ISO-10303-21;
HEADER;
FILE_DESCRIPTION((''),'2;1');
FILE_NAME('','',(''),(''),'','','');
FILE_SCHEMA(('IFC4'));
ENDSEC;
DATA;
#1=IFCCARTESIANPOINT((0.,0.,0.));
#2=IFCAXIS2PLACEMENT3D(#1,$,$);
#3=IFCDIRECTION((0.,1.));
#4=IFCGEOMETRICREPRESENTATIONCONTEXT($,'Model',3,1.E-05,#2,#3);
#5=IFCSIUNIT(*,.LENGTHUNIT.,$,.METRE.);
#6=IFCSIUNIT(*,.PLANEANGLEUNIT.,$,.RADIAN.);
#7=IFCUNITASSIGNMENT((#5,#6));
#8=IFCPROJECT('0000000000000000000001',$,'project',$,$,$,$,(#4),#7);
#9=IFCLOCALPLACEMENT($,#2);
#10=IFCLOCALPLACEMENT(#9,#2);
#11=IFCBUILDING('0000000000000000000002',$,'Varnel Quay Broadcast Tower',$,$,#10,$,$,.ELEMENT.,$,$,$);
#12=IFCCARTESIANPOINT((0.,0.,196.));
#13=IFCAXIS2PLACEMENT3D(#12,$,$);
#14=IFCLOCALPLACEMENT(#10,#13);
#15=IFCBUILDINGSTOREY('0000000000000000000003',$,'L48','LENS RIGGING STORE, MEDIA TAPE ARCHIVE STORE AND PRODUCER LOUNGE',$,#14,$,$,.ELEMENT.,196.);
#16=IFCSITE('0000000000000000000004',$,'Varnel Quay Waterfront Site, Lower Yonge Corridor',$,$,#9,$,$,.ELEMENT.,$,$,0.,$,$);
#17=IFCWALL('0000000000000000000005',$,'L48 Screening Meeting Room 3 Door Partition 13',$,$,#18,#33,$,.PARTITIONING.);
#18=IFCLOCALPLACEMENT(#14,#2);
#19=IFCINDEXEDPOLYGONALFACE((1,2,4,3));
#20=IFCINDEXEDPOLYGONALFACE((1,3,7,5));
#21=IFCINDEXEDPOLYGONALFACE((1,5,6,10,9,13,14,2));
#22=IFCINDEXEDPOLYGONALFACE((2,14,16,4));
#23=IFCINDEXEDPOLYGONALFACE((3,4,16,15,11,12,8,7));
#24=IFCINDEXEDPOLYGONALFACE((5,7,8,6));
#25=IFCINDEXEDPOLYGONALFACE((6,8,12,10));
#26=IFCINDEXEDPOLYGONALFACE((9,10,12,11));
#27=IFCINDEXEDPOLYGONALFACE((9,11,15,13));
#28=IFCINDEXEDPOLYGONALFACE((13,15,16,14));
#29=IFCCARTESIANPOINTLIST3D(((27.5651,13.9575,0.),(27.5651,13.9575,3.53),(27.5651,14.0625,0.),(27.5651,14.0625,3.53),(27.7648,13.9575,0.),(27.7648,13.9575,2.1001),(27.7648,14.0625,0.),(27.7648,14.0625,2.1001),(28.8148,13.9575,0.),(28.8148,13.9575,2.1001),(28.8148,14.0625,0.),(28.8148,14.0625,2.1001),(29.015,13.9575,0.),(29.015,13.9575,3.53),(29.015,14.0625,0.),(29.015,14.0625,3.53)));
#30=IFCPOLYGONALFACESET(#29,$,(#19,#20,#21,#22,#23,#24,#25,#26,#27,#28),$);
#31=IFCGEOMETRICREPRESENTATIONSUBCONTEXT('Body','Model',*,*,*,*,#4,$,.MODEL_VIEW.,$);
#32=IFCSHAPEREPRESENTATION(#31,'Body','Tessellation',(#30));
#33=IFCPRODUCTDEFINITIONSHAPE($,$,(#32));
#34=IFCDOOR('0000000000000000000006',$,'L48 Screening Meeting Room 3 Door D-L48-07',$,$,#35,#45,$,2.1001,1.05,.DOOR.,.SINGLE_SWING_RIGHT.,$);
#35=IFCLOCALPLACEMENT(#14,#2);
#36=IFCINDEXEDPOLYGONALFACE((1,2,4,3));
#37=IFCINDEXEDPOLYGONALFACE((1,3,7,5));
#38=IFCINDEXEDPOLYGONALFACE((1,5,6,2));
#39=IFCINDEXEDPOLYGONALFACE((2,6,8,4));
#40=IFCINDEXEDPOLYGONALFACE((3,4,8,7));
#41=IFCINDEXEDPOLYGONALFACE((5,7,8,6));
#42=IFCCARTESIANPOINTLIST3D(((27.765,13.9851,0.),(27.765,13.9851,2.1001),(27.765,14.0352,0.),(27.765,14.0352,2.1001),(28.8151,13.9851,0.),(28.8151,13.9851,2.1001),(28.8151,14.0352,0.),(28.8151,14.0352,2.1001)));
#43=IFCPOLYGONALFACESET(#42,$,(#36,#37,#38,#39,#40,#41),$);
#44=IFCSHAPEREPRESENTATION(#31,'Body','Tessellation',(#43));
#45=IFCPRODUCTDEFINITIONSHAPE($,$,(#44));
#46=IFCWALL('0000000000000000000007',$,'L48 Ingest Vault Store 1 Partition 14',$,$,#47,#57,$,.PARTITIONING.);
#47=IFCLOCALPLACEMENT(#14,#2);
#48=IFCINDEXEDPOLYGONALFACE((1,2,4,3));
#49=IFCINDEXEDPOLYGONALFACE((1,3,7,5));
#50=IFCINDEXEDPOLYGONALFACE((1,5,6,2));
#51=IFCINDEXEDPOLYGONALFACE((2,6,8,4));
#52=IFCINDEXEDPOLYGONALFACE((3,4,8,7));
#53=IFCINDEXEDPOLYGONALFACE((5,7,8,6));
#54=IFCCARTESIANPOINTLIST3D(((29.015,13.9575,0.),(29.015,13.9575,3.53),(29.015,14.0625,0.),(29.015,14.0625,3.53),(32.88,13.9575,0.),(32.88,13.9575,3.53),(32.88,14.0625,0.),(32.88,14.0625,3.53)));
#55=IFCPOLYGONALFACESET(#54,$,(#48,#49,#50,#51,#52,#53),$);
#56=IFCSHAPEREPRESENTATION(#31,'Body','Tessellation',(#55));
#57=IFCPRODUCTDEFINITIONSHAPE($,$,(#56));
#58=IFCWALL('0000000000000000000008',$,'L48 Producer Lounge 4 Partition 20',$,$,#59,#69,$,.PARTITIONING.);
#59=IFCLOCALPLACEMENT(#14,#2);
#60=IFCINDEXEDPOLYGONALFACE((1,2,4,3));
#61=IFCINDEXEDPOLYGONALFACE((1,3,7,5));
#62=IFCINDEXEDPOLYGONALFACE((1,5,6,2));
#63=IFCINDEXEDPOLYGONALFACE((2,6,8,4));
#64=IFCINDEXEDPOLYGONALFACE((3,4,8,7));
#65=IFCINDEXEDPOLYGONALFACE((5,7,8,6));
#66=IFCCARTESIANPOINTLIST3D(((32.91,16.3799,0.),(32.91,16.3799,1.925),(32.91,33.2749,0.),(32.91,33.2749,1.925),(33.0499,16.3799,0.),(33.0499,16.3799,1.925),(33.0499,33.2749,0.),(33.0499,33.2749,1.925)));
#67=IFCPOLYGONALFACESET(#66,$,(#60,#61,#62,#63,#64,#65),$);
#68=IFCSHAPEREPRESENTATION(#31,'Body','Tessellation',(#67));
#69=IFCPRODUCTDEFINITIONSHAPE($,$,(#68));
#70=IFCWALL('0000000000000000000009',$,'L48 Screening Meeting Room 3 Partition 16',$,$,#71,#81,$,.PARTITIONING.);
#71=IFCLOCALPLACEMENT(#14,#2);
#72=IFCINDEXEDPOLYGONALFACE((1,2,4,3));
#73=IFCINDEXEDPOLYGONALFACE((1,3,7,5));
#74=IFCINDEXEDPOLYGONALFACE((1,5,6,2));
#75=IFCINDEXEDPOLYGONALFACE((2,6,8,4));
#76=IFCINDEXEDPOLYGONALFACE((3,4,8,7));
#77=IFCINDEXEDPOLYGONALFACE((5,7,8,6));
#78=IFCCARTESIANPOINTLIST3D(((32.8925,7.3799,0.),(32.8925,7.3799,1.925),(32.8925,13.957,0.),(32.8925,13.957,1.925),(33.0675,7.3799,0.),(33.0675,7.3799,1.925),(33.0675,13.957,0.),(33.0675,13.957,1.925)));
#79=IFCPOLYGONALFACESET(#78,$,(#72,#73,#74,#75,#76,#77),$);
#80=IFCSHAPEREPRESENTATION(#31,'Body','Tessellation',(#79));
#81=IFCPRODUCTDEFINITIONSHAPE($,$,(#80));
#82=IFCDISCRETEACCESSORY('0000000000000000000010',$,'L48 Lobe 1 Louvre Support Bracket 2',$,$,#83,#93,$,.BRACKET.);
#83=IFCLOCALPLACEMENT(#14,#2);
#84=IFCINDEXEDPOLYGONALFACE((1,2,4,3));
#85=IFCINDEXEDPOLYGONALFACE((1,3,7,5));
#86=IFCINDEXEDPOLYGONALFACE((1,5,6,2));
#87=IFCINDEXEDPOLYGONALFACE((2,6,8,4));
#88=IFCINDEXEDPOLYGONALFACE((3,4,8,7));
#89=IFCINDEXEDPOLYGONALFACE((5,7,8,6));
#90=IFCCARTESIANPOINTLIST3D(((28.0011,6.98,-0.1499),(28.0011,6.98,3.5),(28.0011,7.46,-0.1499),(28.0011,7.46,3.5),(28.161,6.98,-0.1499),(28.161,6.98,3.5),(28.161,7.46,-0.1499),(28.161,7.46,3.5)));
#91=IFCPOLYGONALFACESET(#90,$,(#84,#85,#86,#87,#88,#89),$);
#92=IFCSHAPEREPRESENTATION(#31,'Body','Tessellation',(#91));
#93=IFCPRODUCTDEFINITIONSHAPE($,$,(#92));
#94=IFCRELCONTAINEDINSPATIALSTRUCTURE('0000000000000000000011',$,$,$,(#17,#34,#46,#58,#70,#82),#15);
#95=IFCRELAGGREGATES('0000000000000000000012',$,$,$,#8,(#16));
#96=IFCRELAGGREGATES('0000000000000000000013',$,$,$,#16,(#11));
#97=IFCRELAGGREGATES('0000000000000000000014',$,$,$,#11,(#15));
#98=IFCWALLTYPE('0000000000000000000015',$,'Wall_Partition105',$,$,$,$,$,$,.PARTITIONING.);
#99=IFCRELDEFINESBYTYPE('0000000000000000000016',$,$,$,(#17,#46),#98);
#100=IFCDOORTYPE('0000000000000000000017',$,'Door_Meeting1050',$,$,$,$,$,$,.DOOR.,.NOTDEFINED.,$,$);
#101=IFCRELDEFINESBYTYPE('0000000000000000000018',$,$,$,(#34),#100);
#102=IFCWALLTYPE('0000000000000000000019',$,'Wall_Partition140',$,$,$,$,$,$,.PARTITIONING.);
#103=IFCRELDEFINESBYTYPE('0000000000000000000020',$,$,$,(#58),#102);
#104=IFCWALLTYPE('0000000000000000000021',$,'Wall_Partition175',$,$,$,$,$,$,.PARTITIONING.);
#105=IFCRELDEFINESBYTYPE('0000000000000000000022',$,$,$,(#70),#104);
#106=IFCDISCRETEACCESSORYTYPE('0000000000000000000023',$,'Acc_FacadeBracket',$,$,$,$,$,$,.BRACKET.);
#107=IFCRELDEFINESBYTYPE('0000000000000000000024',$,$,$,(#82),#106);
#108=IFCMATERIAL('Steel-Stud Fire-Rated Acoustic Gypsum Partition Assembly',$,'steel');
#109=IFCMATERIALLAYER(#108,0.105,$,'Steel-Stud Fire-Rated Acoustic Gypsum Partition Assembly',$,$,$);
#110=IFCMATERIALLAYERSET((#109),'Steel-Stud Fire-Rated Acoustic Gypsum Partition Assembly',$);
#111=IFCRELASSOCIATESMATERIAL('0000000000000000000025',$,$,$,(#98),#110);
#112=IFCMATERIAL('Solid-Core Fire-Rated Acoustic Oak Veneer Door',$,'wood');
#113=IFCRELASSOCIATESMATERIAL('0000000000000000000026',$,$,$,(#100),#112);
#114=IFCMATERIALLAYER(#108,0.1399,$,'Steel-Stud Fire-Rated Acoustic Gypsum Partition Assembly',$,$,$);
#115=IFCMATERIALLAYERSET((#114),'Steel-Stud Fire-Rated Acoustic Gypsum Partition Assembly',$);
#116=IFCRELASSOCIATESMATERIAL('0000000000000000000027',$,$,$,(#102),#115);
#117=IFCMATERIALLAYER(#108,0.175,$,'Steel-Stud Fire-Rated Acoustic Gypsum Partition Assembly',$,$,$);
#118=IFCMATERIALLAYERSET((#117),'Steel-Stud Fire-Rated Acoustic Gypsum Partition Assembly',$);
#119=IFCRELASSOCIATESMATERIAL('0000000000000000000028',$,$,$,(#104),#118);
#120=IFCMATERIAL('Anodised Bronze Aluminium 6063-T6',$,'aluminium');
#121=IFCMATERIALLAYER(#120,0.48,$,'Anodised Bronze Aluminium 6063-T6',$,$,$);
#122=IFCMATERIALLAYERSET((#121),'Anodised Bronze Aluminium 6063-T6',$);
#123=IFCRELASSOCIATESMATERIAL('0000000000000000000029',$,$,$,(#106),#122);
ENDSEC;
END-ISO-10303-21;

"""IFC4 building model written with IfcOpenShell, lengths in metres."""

from ifc_helpers import new_model, si_unit, direction, frame, frame_2d, origin, origin_2d, place, context, subcontext, project, spatial, rectangle, extrude, source, transform, mapped, material, layer, layer_set, type_object, type_shapes, element, fill, save


model = new_model("IFC4")

# Units and contexts
model_context = context("Model", 3, precision=1e-05, world=origin(), true_north=direction((0.0, 1.0)))
body_context = subcontext(model_context, "Body", "Model", "MODEL_VIEW")
ifc_project = project(units=[si_unit("LENGTHUNIT", "METRE"), si_unit("PLANEANGLEUNIT", "RADIAN")], contexts=[model_context])

# Site, building, storey
site_placement = place(None, origin())
site = spatial("IfcSite", under=ifc_project, at=site_placement, Name="Varnel Quay Waterfront Site, Lower Yonge Corridor", CompositionType="ELEMENT", RefElevation=0.0)
building_placement = place(site_placement, origin())
building = spatial("IfcBuilding", under=site, at=building_placement, Name="Varnel Quay Broadcast Tower", CompositionType="ELEMENT")
storey_placement = place(building_placement, frame((0.0, 0.0, 196.0)))
storey = spatial("IfcBuildingStorey", under=building, at=storey_placement, Name="L48", Description="LENS RIGGING STORE, MEDIA TAPE ARCHIVE STORE AND PRODUCER LOUNGE", CompositionType="ELEMENT", Elevation=196.0)

# Shared definitions
ifc_material_1 = material(Name="Anodised Bronze Aluminium 6063-T6", Category="aluminium")

# Wall, opening, door
ifc_material_2 = material(Name="Steel-Stud Fire-Rated Acoustic Gypsum Partition Assembly", Category="steel")
ifc_layer_1 = layer(ifc_material_2, 0.105, Name="Steel-Stud Fire-Rated Acoustic Gypsum Partition Assembly")
ifc_layer_set_1 = layer_set([ifc_layer_1], Name="Steel-Stud Fire-Rated Acoustic Gypsum Partition Assembly")
wall_type_1 = type_object("IfcWallType", Name="Wall_Partition105", PredefinedType="PARTITIONING", material=ifc_layer_set_1)
wall_1_placement = place(storey_placement, frame((27.5649, 14.01, 0.0), z_axis=(0.0, 0.0, 1.0), x_axis=(1.0, 0.0, 0.0)))
wall_1 = element("IfcWall", 1, at=wall_1_placement, inside=storey, type_object=wall_type_1, Name="L48 Screening Meeting Room 3 Door Partition 13", PredefinedType="PARTITIONING", context=body_context, shape_type="SweptSolid", body=[
    extrude(rectangle(XDim=1.45, YDim=0.105, at=frame_2d((0.7251, 0.0))), origin(), (0.0, 0.0, 1.0), 3.53),
])
opening_placement = place(wall_1_placement, frame((0.2, 0.0, 0.0)))
opening = element("IfcOpeningElement", 2, at=opening_placement, cuts=wall_1, PredefinedType="OPENING", context=body_context, shape_type="SweptSolid", body=[
    extrude(rectangle(XDim=1.05, YDim=2.1001, at=frame_2d((0.5249, 1.05))), frame((0.0, 0.0625, 0.0), z_axis=(0.0, -1.0, 0.0), x_axis=(1.0, 0.0, 0.0)), (0.0, 0.0, 1.0), 0.125),
])
ifc_material_3 = material(Name="Solid-Core Fire-Rated Acoustic Oak Veneer Door", Category="wood")
door_type = type_object("IfcDoorType", Name="Door_Meeting1050", OperationType="NOTDEFINED", PredefinedType="DOOR", material=ifc_material_3)
shared_shape_1 = source(origin(), body_context, "Body", "SweptSolid", [
    extrude(rectangle(XDim=1.05, YDim=2.1001, at=frame_2d((0.5249, 1.05))), frame((0.0, 0.0249, 0.0), z_axis=(0.0, -1.0, 0.0), x_axis=(1.0, 0.0, 0.0)), (0.0, 0.0, 1.0), 0.05),
])
type_shapes(door_type, [shared_shape_1])
door_placement = place(opening_placement, frame((1.05, 0.0, 0.0), z_axis=(0.0, 0.0, 1.0), x_axis=(-1.0, 0.0, 0.0)))
door = element("IfcDoor", 3, at=door_placement, inside=storey, type_object=door_type, Name="L48 Screening Meeting Room 3 Door D-L48-07", OperationType="SINGLE_SWING_RIGHT", OverallHeight=2.1001, OverallWidth=1.05, PredefinedType="DOOR", context=body_context, shape_type="MappedRepresentation", body=[
    mapped(shared_shape_1, transform((0.0, 0.0, 0.0), x_axis=(1.0, 0.0, 0.0), y_axis=(0.0, 1.0, 0.0), z_axis=(0.0, 0.0, 1.0), scale=1.0)),
])
fill(opening, door)

# Walls
wall_2_placement = place(storey_placement, frame((29.0149, 14.01, 0.0), z_axis=(0.0, 0.0, 1.0), x_axis=(1.0, 0.0, 0.0)))
element("IfcWall", 4, at=wall_2_placement, inside=storey, type_object=wall_type_1, Name="L48 Ingest Vault Store 1 Partition 14", PredefinedType="PARTITIONING", context=body_context, shape_type="SweptSolid", body=[
    extrude(rectangle(XDim=3.865, YDim=0.105, at=frame_2d((1.9326, 0.0))), origin(), (0.0, 0.0, 1.0), 3.53),
])
ifc_layer_2 = layer(ifc_material_2, 0.1399, Name="Steel-Stud Fire-Rated Acoustic Gypsum Partition Assembly")
ifc_layer_set_2 = layer_set([ifc_layer_2], Name="Steel-Stud Fire-Rated Acoustic Gypsum Partition Assembly")
wall_type_2 = type_object("IfcWallType", Name="Wall_Partition140", PredefinedType="PARTITIONING", material=ifc_layer_set_2)
wall_3_placement = place(storey_placement, frame((32.98, 16.3799, 0.0), z_axis=(0.0, 0.0, 1.0), x_axis=(0.0, 1.0, 0.0)))
element("IfcWall", 5, at=wall_3_placement, inside=storey, type_object=wall_type_2, Name="L48 Producer Lounge 4 Partition 20", PredefinedType="PARTITIONING", context=body_context, shape_type="SweptSolid", body=[
    extrude(rectangle(XDim=16.895, YDim=0.1399, at=frame_2d((8.4475, 0.0))), origin(), (0.0, 0.0, 1.0), 1.925),
])
ifc_layer_3 = layer(ifc_material_2, 0.175, Name="Steel-Stud Fire-Rated Acoustic Gypsum Partition Assembly")
ifc_layer_set_3 = layer_set([ifc_layer_3], Name="Steel-Stud Fire-Rated Acoustic Gypsum Partition Assembly")
wall_type_3 = type_object("IfcWallType", Name="Wall_Partition175", PredefinedType="PARTITIONING", material=ifc_layer_set_3)
wall_4_placement = place(storey_placement, frame((32.98, 7.3799, 0.0), z_axis=(0.0, 0.0, 1.0), x_axis=(0.0, 1.0, 0.0)))
element("IfcWall", 6, at=wall_4_placement, inside=storey, type_object=wall_type_3, Name="L48 Screening Meeting Room 3 Partition 16", PredefinedType="PARTITIONING", context=body_context, shape_type="SweptSolid", body=[
    extrude(rectangle(XDim=6.5771, YDim=0.175, at=frame_2d((3.2886, 0.0))), origin(), (0.0, 0.0, 1.0), 1.925),
])

# Discrete accessory
ifc_layer_4 = layer(ifc_material_1, 0.48, Name="Anodised Bronze Aluminium 6063-T6")
ifc_layer_set_4 = layer_set([ifc_layer_4], Name="Anodised Bronze Aluminium 6063-T6")
discrete_accessory_type = type_object("IfcDiscreteAccessoryType", Name="Acc_FacadeBracket", PredefinedType="BRACKET", material=ifc_layer_set_4)
shared_shape_2 = source(origin(), body_context, "Body", "SweptSolid", [
    extrude(rectangle(XDim=0.1599, YDim=0.48, at=origin_2d()), origin(), (0.0, 0.0, 1.0), 3.6499),
])
type_shapes(discrete_accessory_type, [shared_shape_2])
discrete_accessory_placement = place(storey_placement, frame((28.0811, 7.22, -0.1499), z_axis=(0.0, 0.0, 1.0), x_axis=(1.0, 0.0, 0.0)))
element("IfcDiscreteAccessory", 7, at=discrete_accessory_placement, inside=storey, type_object=discrete_accessory_type, Name="L48 Lobe 1 Louvre Support Bracket 2", PredefinedType="BRACKET", context=body_context, shape_type="MappedRepresentation", body=[
    mapped(shared_shape_2, transform((0.0, 0.0, 0.0), x_axis=(1.0, 0.0, 0.0), y_axis=(0.0, 1.0, 0.0), z_axis=(0.0, 0.0, 1.0), scale=1.0)),
])

save(model, "model.ifc")
